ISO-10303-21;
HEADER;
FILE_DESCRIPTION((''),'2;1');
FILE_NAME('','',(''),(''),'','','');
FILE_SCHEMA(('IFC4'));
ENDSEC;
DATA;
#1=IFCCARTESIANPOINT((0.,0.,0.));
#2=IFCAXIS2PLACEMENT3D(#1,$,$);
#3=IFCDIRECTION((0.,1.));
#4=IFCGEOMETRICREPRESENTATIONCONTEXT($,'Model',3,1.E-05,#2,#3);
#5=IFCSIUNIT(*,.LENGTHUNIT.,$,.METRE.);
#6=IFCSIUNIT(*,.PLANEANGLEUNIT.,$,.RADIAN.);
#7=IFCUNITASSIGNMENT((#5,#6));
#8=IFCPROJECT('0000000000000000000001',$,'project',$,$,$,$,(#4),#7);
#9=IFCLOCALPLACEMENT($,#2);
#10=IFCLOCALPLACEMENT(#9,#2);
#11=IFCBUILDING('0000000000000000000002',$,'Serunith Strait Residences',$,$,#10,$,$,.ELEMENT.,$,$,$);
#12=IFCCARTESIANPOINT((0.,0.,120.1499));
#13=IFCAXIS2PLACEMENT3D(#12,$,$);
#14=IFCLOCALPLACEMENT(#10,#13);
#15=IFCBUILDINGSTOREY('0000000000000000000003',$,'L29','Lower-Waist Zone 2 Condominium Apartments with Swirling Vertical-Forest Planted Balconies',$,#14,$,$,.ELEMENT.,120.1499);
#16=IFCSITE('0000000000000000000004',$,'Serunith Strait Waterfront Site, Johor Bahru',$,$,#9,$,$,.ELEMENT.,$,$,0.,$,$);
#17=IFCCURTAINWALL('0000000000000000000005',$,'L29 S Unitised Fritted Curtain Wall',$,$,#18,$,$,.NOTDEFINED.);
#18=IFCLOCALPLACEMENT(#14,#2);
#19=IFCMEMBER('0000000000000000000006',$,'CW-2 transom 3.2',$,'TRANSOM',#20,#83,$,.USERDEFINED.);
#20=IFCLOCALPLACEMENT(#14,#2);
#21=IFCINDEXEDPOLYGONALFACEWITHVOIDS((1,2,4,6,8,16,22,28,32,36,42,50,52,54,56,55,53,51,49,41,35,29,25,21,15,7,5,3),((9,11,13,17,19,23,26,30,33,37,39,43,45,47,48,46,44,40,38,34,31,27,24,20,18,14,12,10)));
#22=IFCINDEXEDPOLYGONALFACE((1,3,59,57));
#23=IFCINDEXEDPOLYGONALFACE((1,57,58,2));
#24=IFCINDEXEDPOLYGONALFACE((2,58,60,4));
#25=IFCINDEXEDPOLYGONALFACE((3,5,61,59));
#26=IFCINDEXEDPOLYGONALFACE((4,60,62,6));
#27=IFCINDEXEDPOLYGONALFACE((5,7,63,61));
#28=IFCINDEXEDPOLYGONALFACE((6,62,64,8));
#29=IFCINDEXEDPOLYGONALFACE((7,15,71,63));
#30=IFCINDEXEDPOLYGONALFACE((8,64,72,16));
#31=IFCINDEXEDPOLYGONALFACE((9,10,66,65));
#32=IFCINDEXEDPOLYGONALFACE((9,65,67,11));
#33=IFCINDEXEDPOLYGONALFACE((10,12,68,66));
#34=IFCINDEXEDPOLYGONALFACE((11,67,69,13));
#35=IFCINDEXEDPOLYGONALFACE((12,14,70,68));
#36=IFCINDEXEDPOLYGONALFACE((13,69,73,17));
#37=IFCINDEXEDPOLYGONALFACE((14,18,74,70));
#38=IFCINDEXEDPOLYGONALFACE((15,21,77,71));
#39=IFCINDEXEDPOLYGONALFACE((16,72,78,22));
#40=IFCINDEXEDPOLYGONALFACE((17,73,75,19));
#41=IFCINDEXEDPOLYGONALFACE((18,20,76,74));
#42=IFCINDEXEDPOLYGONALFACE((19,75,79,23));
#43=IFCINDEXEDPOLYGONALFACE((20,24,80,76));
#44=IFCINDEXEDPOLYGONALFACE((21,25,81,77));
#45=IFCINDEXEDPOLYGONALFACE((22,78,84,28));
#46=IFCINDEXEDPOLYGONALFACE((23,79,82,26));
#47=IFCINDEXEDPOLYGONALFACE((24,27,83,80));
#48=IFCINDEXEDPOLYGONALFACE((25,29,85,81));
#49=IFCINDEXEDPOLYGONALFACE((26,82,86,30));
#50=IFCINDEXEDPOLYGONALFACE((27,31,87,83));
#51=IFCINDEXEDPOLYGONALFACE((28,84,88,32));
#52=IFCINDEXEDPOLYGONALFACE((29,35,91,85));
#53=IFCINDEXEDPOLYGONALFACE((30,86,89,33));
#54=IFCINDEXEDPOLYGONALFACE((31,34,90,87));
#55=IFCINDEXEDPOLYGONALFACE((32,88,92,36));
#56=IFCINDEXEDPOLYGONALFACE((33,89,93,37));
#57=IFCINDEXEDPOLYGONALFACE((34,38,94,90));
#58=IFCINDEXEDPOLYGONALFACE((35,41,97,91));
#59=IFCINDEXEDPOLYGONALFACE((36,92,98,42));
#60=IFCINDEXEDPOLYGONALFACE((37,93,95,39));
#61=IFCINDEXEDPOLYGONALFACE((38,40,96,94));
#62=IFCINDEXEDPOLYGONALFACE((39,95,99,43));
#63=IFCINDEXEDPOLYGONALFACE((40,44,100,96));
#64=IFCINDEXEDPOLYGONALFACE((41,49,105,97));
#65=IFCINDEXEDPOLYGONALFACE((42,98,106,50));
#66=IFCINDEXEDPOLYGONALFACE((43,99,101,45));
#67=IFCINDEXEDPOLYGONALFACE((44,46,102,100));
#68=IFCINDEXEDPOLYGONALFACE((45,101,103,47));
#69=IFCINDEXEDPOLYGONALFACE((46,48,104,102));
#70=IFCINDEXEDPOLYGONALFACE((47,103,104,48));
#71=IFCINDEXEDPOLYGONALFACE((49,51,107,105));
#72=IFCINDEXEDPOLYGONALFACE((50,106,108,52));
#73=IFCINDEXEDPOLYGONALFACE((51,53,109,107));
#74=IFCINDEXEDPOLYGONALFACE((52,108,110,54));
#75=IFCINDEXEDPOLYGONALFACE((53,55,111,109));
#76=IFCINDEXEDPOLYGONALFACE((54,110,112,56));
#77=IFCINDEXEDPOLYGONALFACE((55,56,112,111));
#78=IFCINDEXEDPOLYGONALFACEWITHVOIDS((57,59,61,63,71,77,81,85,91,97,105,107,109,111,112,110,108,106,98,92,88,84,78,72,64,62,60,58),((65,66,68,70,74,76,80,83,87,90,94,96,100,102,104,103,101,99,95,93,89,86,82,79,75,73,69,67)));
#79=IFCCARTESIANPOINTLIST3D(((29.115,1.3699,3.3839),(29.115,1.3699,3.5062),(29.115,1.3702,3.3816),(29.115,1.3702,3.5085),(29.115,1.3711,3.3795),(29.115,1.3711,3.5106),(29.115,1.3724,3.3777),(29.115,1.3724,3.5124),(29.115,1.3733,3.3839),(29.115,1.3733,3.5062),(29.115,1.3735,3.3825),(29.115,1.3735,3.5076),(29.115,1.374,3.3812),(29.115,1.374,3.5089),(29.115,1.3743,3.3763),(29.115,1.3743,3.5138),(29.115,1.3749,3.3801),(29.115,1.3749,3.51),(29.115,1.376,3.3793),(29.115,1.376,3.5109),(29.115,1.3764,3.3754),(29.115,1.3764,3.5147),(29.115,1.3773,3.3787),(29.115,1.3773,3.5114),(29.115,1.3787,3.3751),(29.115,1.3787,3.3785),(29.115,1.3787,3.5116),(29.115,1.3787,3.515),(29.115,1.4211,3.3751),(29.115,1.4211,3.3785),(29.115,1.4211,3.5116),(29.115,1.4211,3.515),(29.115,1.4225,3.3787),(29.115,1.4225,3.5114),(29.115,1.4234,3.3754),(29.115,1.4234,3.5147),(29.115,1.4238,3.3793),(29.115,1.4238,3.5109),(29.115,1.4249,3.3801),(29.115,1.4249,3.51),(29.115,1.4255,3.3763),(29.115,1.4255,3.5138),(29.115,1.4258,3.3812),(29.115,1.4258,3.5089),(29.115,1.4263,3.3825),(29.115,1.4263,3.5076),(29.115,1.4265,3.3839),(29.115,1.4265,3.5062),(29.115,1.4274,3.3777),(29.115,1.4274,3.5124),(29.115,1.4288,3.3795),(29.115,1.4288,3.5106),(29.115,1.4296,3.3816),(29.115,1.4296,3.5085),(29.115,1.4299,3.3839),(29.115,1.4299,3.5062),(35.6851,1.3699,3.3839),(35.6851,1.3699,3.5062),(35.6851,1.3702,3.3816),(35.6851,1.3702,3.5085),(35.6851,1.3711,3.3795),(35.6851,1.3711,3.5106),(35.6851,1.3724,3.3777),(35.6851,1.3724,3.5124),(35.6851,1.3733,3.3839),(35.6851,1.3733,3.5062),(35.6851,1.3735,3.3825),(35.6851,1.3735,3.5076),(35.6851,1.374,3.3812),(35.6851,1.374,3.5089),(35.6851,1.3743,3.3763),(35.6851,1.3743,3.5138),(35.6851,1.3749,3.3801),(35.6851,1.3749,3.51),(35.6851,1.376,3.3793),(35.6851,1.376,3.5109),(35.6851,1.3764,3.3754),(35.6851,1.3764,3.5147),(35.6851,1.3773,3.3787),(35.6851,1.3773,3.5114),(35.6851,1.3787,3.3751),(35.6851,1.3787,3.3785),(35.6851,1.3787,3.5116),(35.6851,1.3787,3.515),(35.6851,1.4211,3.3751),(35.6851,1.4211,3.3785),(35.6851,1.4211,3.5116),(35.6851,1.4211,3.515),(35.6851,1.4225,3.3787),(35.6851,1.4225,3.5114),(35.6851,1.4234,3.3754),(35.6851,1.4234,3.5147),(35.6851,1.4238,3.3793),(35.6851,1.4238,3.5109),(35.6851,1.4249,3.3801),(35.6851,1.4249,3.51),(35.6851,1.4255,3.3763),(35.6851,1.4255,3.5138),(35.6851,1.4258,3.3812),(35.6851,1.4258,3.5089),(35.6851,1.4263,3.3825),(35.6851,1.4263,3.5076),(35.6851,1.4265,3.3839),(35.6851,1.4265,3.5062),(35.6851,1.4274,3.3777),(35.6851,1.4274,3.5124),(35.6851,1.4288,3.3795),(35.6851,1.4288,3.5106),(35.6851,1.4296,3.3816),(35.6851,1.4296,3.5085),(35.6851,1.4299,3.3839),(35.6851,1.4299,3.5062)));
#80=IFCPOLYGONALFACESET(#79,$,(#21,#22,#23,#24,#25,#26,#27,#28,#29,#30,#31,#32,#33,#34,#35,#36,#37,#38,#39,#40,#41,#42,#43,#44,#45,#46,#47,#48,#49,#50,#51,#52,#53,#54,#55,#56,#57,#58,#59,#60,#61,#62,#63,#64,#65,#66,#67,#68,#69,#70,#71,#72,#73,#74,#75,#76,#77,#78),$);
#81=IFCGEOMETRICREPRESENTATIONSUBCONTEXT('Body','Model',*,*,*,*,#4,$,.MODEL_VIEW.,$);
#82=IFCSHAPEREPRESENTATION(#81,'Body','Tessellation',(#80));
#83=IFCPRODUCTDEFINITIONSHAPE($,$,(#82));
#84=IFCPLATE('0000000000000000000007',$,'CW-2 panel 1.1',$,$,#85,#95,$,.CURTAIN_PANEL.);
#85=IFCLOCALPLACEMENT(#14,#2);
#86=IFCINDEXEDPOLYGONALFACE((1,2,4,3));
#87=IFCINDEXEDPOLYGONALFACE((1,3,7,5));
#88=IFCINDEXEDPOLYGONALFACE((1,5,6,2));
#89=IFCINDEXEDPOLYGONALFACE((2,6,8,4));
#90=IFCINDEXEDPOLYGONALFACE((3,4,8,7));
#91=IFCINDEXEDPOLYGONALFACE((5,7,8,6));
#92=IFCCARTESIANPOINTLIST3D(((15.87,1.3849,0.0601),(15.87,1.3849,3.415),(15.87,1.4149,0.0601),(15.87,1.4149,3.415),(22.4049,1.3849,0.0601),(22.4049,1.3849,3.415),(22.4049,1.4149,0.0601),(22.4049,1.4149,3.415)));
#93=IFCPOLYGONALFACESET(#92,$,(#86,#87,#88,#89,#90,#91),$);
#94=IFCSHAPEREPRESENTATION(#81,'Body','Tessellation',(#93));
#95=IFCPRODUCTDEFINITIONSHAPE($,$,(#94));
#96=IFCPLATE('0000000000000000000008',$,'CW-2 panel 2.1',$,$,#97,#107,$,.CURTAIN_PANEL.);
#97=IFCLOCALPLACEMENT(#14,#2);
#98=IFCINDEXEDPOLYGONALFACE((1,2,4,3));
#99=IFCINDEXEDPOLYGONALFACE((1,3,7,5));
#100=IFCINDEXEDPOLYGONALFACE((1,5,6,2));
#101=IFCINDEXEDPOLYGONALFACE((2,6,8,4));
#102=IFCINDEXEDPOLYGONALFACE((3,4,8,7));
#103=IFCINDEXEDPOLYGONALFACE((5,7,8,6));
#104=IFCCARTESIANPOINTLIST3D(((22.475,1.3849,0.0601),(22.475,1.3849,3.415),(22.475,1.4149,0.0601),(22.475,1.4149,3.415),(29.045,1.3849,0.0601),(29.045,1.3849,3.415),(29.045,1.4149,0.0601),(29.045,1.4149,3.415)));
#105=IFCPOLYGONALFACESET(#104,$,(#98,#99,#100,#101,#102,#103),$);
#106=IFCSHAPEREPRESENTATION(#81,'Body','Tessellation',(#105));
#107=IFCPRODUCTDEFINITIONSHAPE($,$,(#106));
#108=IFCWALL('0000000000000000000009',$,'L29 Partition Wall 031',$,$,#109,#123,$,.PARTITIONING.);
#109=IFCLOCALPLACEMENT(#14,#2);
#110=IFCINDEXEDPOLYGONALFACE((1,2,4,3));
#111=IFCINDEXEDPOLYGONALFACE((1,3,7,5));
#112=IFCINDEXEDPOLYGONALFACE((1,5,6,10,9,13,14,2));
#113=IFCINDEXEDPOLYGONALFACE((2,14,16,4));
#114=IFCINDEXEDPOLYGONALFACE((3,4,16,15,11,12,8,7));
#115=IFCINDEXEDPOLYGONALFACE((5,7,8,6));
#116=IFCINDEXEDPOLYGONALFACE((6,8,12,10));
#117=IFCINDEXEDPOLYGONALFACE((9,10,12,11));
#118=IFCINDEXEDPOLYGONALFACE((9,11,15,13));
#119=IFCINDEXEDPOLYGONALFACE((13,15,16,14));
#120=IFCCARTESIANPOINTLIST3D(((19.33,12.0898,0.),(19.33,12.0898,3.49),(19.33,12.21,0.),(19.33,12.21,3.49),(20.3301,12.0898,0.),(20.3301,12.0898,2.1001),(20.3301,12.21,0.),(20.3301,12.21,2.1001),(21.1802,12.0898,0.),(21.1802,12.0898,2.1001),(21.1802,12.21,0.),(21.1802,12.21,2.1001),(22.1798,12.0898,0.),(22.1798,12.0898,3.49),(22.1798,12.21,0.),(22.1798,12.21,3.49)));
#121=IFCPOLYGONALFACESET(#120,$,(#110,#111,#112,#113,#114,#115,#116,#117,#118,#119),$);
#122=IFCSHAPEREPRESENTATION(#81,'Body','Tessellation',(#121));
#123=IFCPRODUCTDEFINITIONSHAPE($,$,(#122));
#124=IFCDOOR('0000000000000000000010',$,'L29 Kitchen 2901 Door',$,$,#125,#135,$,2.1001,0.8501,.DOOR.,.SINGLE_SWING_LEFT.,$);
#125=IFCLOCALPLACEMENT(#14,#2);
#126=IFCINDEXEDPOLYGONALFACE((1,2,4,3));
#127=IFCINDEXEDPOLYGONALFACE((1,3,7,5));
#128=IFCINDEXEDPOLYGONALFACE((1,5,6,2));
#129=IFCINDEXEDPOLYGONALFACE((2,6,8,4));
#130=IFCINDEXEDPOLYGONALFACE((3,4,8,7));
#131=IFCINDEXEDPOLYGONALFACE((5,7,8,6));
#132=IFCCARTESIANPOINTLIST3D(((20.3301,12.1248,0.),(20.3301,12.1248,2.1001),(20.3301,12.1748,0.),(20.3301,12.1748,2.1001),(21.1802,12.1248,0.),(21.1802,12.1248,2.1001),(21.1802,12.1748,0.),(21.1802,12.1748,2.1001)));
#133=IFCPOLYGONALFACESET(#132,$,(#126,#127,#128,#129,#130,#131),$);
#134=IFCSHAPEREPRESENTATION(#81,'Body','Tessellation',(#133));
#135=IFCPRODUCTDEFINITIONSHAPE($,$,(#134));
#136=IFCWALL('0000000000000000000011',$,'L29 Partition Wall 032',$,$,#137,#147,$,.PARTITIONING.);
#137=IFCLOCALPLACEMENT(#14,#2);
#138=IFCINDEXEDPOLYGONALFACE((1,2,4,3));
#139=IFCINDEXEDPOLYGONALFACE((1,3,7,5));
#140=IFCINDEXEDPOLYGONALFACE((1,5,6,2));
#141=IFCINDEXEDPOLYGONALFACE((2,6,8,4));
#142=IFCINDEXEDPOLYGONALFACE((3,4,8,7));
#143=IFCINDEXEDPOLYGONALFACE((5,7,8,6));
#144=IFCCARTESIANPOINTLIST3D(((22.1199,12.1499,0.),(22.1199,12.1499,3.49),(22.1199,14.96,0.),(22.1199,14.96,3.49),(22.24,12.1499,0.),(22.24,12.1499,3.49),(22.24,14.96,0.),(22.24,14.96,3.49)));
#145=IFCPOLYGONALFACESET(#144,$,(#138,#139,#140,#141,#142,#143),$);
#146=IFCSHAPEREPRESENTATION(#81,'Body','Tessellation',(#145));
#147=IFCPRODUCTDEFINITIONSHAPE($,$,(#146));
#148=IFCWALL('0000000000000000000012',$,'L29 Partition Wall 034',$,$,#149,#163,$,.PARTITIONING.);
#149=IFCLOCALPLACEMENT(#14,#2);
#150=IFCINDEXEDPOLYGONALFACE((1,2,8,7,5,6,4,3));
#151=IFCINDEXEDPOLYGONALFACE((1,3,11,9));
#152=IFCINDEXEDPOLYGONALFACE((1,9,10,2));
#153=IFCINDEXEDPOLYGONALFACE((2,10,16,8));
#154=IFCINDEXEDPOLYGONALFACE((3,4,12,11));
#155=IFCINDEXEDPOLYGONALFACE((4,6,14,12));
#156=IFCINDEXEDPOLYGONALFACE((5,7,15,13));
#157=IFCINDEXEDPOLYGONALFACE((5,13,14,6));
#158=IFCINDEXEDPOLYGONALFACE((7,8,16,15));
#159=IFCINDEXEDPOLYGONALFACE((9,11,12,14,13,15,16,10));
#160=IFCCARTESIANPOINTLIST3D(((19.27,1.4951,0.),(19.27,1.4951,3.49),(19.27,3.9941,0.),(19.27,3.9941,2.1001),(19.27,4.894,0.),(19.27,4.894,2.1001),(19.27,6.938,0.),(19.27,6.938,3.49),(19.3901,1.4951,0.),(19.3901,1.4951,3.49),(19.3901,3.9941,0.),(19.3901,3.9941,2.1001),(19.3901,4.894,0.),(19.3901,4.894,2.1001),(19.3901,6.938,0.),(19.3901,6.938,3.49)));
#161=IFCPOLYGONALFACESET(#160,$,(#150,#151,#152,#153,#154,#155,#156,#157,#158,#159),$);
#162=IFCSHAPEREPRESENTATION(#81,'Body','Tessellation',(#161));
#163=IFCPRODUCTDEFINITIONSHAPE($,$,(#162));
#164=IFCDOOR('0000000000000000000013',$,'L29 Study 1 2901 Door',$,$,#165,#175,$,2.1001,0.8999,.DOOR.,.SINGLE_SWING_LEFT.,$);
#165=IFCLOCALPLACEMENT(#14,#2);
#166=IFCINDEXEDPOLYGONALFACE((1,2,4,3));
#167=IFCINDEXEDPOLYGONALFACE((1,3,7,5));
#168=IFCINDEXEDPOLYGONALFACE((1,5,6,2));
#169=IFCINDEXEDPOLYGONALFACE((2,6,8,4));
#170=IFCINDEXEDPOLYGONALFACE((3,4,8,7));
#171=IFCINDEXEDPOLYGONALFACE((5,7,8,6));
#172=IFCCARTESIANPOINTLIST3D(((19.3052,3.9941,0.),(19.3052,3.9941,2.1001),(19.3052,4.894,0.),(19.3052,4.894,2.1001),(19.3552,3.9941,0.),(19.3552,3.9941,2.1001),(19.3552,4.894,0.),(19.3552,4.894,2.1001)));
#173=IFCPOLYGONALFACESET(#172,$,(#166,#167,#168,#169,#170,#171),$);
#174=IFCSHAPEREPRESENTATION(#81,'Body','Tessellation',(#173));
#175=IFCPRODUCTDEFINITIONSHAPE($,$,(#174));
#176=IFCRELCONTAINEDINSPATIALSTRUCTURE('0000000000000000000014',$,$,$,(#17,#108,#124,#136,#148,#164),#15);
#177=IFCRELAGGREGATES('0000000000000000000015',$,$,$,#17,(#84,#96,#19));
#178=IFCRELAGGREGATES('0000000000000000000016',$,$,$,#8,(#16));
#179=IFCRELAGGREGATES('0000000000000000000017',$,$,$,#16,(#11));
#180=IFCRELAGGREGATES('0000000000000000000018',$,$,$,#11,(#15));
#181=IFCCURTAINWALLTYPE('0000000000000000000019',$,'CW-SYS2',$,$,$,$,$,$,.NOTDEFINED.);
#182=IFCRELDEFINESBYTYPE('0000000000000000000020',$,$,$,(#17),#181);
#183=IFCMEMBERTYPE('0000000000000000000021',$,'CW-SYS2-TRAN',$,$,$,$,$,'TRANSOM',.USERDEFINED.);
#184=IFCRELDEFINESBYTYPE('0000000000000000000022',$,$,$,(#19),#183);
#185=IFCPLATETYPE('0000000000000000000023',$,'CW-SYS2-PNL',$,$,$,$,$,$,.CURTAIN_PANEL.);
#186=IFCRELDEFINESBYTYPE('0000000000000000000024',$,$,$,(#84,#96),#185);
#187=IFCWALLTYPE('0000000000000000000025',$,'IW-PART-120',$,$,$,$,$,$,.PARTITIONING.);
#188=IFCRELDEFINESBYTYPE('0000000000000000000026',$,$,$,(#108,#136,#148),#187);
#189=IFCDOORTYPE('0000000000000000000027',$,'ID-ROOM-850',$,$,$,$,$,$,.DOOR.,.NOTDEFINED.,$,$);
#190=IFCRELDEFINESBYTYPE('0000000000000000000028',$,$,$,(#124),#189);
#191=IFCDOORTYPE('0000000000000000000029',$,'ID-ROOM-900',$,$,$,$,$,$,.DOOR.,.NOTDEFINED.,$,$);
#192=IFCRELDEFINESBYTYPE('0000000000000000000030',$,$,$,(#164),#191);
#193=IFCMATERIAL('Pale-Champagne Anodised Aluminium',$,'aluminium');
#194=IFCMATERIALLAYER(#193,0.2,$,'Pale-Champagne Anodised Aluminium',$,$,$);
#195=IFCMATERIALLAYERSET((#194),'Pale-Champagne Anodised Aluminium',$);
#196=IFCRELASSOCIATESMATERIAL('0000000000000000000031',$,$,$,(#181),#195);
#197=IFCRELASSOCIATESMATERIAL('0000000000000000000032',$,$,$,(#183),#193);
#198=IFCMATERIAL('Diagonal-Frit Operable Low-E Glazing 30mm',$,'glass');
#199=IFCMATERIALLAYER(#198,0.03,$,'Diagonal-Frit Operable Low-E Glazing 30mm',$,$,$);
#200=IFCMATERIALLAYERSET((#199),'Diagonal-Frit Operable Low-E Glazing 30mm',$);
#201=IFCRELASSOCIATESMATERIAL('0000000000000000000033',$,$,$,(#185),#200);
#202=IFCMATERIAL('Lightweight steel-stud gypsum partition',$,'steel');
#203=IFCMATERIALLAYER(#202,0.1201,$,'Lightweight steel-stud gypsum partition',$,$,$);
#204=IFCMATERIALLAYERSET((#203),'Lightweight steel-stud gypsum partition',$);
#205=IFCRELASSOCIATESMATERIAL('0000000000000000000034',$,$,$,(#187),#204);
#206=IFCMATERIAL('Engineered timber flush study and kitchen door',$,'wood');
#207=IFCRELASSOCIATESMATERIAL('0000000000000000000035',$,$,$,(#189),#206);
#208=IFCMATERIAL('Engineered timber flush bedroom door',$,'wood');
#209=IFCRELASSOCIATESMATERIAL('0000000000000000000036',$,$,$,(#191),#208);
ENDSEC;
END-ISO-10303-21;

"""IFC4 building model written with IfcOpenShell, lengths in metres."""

from ifc_helpers import new_model, si_unit, direction, frame, frame_2d, origin, origin_2d, place, context, subcontext, project, spatial, rectangle, hollow_rectangle, extrude, source, transform, mapped, material, layer, layer_set, material_profile, profile_set, type_object, element, fill, aggregate, save


model = new_model("IFC4")

# Units and contexts
model_context = context("Model", 3, precision=1e-05, world=origin(), true_north=direction((0.0, 1.0)))
body_context = subcontext(model_context, "Body", "Model", "MODEL_VIEW")
ifc_project = project(units=[si_unit("LENGTHUNIT", "METRE"), si_unit("PLANEANGLEUNIT", "RADIAN")], contexts=[model_context])

# Site, building, storey
site_placement = place(None, origin())
site = spatial("IfcSite", under=ifc_project, at=site_placement, Name="Serunith Strait Waterfront Site, Johor Bahru", CompositionType="ELEMENT", RefElevation=0.0)
building_placement = place(site_placement, origin())
building = spatial("IfcBuilding", under=site, at=building_placement, Name="Serunith Strait Residences", CompositionType="ELEMENT")
storey_placement = place(building_placement, frame((0.0, 0.0, 120.1499)))
storey = spatial("IfcBuildingStorey", under=building, at=storey_placement, Name="L29", Description="Lower-Waist Zone 2 Condominium Apartments with Swirling Vertical-Forest Planted Balconies", CompositionType="ELEMENT", Elevation=120.1499)

# Curtain wall, member, plates
ifc_material_1 = material(Name="Pale-Champagne Anodised Aluminium", Category="aluminium")
ifc_layer_1 = layer(ifc_material_1, 0.2, Name="Pale-Champagne Anodised Aluminium")
ifc_layer_set_1 = layer_set([ifc_layer_1], Name="Pale-Champagne Anodised Aluminium")
curtain_wall_type = type_object("IfcCurtainWallType", Name="CW-SYS2", PredefinedType="NOTDEFINED", material=ifc_layer_set_1)
curtain_wall_placement = place(storey_placement, origin())
curtain_wall = element("IfcCurtainWall", 1, at=curtain_wall_placement, inside=storey, type_object=curtain_wall_type, Name="L29 S Unitised Fritted Curtain Wall", PredefinedType="NOTDEFINED")
ifc_material_profile_1 = material_profile(ifc_material_1, hollow_rectangle(XDim=0.0601, YDim=0.1399, WallThickness=0.0034, InnerFilletRadius=0.0054, OuterFilletRadius=0.0088, at=origin_2d()), Name="ALU 140x60x3.5")
ifc_profile_set_1 = profile_set([ifc_material_profile_1], Name="Pale-Champagne Anodised Aluminium")
member_type_1 = type_object("IfcMemberType", Name="CW-SYS2-TRAN", ElementType="TRANSOM", PredefinedType="USERDEFINED", material=ifc_profile_set_1)
shared_shape_1 = source(origin(), body_context, "Body", "SweptSolid", [
    extrude(hollow_rectangle(XDim=0.0601, YDim=0.1399, WallThickness=0.0034, InnerFilletRadius=0.0054, OuterFilletRadius=0.0088, at=origin_2d()), origin(), (0.0, 0.0, 1.0), 6.5701),
])
member_1_placement = place(storey_placement, frame((29.115, 1.3999, 3.4451), z_axis=(1.0, 0.0, 0.0), x_axis=(0.0, 1.0, 0.0)))
member_1 = element("IfcMember", 2, at=member_1_placement, type_object=member_type_1, Name="CW-2 transom 3.2", ObjectType="TRANSOM", PredefinedType="USERDEFINED", context=body_context, shape_type="MappedRepresentation", body=[
    mapped(shared_shape_1, transform((0.0, 0.0, 0.0), scale=1.0)),
])
ifc_material_2 = material(Name="Diagonal-Frit Operable Low-E Glazing 30mm", Category="glass")
ifc_layer_2 = layer(ifc_material_2, 0.03, Name="Diagonal-Frit Operable Low-E Glazing 30mm")
ifc_layer_set_2 = layer_set([ifc_layer_2], Name="Diagonal-Frit Operable Low-E Glazing 30mm")
plate_type = type_object("IfcPlateType", Name="CW-SYS2-PNL", PredefinedType="CURTAIN_PANEL", material=ifc_layer_set_2)
shared_shape_2 = source(origin(), body_context, "Body", "SweptSolid", [
    extrude(rectangle(XDim=6.5349, YDim=0.03, at=origin_2d()), origin(), (0.0, 0.0, 1.0), 3.355),
])
plate_1_placement = place(storey_placement, frame((19.1375, 1.3999, 0.0601), z_axis=(0.0, 0.0, 1.0), x_axis=(1.0, 0.0, 0.0)))
plate_1 = element("IfcPlate", 3, at=plate_1_placement, type_object=plate_type, Name="CW-2 panel 1.1", PredefinedType="CURTAIN_PANEL", context=body_context, shape_type="MappedRepresentation", body=[
    mapped(shared_shape_2, transform((0.0, 0.0, 0.0), scale=1.0)),
])
shared_shape_3 = source(origin(), body_context, "Body", "SweptSolid", [
    extrude(rectangle(XDim=6.5701, YDim=0.03, at=origin_2d()), origin(), (0.0, 0.0, 1.0), 3.355),
])
plate_2_placement = place(storey_placement, frame((25.76, 1.3999, 0.0601), z_axis=(0.0, 0.0, 1.0), x_axis=(1.0, 0.0, 0.0)))
plate_2 = element("IfcPlate", 4, at=plate_2_placement, type_object=plate_type, Name="CW-2 panel 2.1", PredefinedType="CURTAIN_PANEL", context=body_context, shape_type="MappedRepresentation", body=[
    mapped(shared_shape_3, transform((0.0, 0.0, 0.0), scale=1.0)),
])
aggregate(curtain_wall, [plate_1, plate_2, member_1])

# Wall, opening, door
ifc_material_3 = material(Name="Lightweight steel-stud gypsum partition", Category="steel")
ifc_layer_3 = layer(ifc_material_3, 0.1201, Name="Lightweight steel-stud gypsum partition")
ifc_layer_set_3 = layer_set([ifc_layer_3], Name="Lightweight steel-stud gypsum partition")
wall_type_1 = type_object("IfcWallType", Name="IW-PART-120", PredefinedType="PARTITIONING", material=ifc_layer_set_3)
wall_1_placement = place(storey_placement, frame((19.3301, 12.1499, 0.0), z_axis=(0.0, 0.0, 1.0), x_axis=(1.0, 0.0, 0.0)))
wall_1 = element("IfcWall", 5, at=wall_1_placement, inside=storey, type_object=wall_type_1, Name="L29 Partition Wall 031", PredefinedType="PARTITIONING", context=body_context, shape_type="SweptSolid", body=[
    extrude(rectangle(XDim=2.8499, YDim=0.1201, at=frame_2d((1.4248, 0.0))), origin(), (0.0, 0.0, 1.0), 3.49),
])
opening_1_placement = place(wall_1_placement, frame((1.0, 0.0, 0.0)))
opening_1 = element("IfcOpeningElement", 6, at=opening_1_placement, cuts=wall_1, PredefinedType="OPENING", context=body_context, shape_type="SweptSolid", body=[
    extrude(rectangle(XDim=0.8501, YDim=2.1001, at=frame_2d((0.425, 1.05))), frame((0.0, 0.0701, 0.0), z_axis=(0.0, -1.0, 0.0), x_axis=(1.0, 0.0, 0.0)), (0.0, 0.0, 1.0), 0.1401),
])
ifc_material_4 = material(Name="Engineered timber flush study and kitchen door", Category="wood")
door_type_1 = type_object("IfcDoorType", Name="ID-ROOM-850", OperationType="NOTDEFINED", PredefinedType="DOOR", material=ifc_material_4)
shared_shape_4 = source(origin(), body_context, "Body", "SweptSolid", [
    extrude(rectangle(XDim=0.8501, YDim=2.1001, at=frame_2d((0.425, 1.05))), frame((0.0, 0.0249, 0.0), z_axis=(0.0, -1.0, 0.0), x_axis=(1.0, 0.0, 0.0)), (0.0, 0.0, 1.0), 0.05),
])
door_1_placement = place(opening_1_placement, origin())
door_1 = element("IfcDoor", 7, at=door_1_placement, inside=storey, type_object=door_type_1, Name="L29 Kitchen 2901 Door", OperationType="SINGLE_SWING_LEFT", OverallHeight=2.1001, OverallWidth=0.8501, PredefinedType="DOOR", context=body_context, shape_type="MappedRepresentation", body=[
    mapped(shared_shape_4, transform((0.0, 0.0, 0.0), scale=1.0)),
])
fill(opening_1, door_1)

# Wall
wall_2_placement = place(storey_placement, frame((22.1799, 12.1499, 0.0), z_axis=(0.0, 0.0, 1.0), x_axis=(0.0, 1.0, 0.0)))
element("IfcWall", 8, at=wall_2_placement, inside=storey, type_object=wall_type_1, Name="L29 Partition Wall 032", PredefinedType="PARTITIONING", context=body_context, shape_type="SweptSolid", body=[
    extrude(rectangle(XDim=2.8101, YDim=0.1201, at=frame_2d((1.405, 0.0))), origin(), (0.0, 0.0, 1.0), 3.49),
])

# Wall, opening, door
wall_3_placement = place(storey_placement, frame((19.3301, 1.4951, 0.0), z_axis=(0.0, 0.0, 1.0), x_axis=(0.0, 1.0, 0.0)))
wall_3 = element("IfcWall", 9, at=wall_3_placement, inside=storey, type_object=wall_type_1, Name="L29 Partition Wall 034", PredefinedType="PARTITIONING", context=body_context, shape_type="SweptSolid", body=[
    extrude(rectangle(XDim=5.4429, YDim=0.1201, at=frame_2d((2.7214, 0.0))), origin(), (0.0, 0.0, 1.0), 3.49),
])
opening_2_placement = place(wall_3_placement, frame((2.499, 0.0, 0.0)))
opening_2 = element("IfcOpeningElement", 10, at=opening_2_placement, cuts=wall_3, PredefinedType="OPENING", context=body_context, shape_type="SweptSolid", body=[
    extrude(rectangle(XDim=0.8999, YDim=2.1001, at=frame_2d((0.45, 1.05))), frame((0.0, 0.0701, 0.0), z_axis=(0.0, -1.0, 0.0), x_axis=(1.0, 0.0, 0.0)), (0.0, 0.0, 1.0), 0.1401),
])
ifc_material_5 = material(Name="Engineered timber flush bedroom door", Category="wood")
door_type_2 = type_object("IfcDoorType", Name="ID-ROOM-900", OperationType="NOTDEFINED", PredefinedType="DOOR", material=ifc_material_5)
shared_shape_5 = source(origin(), body_context, "Body", "SweptSolid", [
    extrude(rectangle(XDim=0.8999, YDim=2.1001, at=frame_2d((0.45, 1.05))), frame((0.0, 0.0249, 0.0), z_axis=(0.0, -1.0, 0.0), x_axis=(1.0, 0.0, 0.0)), (0.0, 0.0, 1.0), 0.05),
])
door_2_placement = place(opening_2_placement, origin())
door_2 = element("IfcDoor", 11, at=door_2_placement, inside=storey, type_object=door_type_2, Name="L29 Study 1 2901 Door", OperationType="SINGLE_SWING_LEFT", OverallHeight=2.1001, OverallWidth=0.8999, PredefinedType="DOOR", context=body_context, shape_type="MappedRepresentation", body=[
    mapped(shared_shape_5, transform((0.0, 0.0, 0.0), scale=1.0)),
])
fill(opening_2, door_2)

save(model, "model.ifc")
